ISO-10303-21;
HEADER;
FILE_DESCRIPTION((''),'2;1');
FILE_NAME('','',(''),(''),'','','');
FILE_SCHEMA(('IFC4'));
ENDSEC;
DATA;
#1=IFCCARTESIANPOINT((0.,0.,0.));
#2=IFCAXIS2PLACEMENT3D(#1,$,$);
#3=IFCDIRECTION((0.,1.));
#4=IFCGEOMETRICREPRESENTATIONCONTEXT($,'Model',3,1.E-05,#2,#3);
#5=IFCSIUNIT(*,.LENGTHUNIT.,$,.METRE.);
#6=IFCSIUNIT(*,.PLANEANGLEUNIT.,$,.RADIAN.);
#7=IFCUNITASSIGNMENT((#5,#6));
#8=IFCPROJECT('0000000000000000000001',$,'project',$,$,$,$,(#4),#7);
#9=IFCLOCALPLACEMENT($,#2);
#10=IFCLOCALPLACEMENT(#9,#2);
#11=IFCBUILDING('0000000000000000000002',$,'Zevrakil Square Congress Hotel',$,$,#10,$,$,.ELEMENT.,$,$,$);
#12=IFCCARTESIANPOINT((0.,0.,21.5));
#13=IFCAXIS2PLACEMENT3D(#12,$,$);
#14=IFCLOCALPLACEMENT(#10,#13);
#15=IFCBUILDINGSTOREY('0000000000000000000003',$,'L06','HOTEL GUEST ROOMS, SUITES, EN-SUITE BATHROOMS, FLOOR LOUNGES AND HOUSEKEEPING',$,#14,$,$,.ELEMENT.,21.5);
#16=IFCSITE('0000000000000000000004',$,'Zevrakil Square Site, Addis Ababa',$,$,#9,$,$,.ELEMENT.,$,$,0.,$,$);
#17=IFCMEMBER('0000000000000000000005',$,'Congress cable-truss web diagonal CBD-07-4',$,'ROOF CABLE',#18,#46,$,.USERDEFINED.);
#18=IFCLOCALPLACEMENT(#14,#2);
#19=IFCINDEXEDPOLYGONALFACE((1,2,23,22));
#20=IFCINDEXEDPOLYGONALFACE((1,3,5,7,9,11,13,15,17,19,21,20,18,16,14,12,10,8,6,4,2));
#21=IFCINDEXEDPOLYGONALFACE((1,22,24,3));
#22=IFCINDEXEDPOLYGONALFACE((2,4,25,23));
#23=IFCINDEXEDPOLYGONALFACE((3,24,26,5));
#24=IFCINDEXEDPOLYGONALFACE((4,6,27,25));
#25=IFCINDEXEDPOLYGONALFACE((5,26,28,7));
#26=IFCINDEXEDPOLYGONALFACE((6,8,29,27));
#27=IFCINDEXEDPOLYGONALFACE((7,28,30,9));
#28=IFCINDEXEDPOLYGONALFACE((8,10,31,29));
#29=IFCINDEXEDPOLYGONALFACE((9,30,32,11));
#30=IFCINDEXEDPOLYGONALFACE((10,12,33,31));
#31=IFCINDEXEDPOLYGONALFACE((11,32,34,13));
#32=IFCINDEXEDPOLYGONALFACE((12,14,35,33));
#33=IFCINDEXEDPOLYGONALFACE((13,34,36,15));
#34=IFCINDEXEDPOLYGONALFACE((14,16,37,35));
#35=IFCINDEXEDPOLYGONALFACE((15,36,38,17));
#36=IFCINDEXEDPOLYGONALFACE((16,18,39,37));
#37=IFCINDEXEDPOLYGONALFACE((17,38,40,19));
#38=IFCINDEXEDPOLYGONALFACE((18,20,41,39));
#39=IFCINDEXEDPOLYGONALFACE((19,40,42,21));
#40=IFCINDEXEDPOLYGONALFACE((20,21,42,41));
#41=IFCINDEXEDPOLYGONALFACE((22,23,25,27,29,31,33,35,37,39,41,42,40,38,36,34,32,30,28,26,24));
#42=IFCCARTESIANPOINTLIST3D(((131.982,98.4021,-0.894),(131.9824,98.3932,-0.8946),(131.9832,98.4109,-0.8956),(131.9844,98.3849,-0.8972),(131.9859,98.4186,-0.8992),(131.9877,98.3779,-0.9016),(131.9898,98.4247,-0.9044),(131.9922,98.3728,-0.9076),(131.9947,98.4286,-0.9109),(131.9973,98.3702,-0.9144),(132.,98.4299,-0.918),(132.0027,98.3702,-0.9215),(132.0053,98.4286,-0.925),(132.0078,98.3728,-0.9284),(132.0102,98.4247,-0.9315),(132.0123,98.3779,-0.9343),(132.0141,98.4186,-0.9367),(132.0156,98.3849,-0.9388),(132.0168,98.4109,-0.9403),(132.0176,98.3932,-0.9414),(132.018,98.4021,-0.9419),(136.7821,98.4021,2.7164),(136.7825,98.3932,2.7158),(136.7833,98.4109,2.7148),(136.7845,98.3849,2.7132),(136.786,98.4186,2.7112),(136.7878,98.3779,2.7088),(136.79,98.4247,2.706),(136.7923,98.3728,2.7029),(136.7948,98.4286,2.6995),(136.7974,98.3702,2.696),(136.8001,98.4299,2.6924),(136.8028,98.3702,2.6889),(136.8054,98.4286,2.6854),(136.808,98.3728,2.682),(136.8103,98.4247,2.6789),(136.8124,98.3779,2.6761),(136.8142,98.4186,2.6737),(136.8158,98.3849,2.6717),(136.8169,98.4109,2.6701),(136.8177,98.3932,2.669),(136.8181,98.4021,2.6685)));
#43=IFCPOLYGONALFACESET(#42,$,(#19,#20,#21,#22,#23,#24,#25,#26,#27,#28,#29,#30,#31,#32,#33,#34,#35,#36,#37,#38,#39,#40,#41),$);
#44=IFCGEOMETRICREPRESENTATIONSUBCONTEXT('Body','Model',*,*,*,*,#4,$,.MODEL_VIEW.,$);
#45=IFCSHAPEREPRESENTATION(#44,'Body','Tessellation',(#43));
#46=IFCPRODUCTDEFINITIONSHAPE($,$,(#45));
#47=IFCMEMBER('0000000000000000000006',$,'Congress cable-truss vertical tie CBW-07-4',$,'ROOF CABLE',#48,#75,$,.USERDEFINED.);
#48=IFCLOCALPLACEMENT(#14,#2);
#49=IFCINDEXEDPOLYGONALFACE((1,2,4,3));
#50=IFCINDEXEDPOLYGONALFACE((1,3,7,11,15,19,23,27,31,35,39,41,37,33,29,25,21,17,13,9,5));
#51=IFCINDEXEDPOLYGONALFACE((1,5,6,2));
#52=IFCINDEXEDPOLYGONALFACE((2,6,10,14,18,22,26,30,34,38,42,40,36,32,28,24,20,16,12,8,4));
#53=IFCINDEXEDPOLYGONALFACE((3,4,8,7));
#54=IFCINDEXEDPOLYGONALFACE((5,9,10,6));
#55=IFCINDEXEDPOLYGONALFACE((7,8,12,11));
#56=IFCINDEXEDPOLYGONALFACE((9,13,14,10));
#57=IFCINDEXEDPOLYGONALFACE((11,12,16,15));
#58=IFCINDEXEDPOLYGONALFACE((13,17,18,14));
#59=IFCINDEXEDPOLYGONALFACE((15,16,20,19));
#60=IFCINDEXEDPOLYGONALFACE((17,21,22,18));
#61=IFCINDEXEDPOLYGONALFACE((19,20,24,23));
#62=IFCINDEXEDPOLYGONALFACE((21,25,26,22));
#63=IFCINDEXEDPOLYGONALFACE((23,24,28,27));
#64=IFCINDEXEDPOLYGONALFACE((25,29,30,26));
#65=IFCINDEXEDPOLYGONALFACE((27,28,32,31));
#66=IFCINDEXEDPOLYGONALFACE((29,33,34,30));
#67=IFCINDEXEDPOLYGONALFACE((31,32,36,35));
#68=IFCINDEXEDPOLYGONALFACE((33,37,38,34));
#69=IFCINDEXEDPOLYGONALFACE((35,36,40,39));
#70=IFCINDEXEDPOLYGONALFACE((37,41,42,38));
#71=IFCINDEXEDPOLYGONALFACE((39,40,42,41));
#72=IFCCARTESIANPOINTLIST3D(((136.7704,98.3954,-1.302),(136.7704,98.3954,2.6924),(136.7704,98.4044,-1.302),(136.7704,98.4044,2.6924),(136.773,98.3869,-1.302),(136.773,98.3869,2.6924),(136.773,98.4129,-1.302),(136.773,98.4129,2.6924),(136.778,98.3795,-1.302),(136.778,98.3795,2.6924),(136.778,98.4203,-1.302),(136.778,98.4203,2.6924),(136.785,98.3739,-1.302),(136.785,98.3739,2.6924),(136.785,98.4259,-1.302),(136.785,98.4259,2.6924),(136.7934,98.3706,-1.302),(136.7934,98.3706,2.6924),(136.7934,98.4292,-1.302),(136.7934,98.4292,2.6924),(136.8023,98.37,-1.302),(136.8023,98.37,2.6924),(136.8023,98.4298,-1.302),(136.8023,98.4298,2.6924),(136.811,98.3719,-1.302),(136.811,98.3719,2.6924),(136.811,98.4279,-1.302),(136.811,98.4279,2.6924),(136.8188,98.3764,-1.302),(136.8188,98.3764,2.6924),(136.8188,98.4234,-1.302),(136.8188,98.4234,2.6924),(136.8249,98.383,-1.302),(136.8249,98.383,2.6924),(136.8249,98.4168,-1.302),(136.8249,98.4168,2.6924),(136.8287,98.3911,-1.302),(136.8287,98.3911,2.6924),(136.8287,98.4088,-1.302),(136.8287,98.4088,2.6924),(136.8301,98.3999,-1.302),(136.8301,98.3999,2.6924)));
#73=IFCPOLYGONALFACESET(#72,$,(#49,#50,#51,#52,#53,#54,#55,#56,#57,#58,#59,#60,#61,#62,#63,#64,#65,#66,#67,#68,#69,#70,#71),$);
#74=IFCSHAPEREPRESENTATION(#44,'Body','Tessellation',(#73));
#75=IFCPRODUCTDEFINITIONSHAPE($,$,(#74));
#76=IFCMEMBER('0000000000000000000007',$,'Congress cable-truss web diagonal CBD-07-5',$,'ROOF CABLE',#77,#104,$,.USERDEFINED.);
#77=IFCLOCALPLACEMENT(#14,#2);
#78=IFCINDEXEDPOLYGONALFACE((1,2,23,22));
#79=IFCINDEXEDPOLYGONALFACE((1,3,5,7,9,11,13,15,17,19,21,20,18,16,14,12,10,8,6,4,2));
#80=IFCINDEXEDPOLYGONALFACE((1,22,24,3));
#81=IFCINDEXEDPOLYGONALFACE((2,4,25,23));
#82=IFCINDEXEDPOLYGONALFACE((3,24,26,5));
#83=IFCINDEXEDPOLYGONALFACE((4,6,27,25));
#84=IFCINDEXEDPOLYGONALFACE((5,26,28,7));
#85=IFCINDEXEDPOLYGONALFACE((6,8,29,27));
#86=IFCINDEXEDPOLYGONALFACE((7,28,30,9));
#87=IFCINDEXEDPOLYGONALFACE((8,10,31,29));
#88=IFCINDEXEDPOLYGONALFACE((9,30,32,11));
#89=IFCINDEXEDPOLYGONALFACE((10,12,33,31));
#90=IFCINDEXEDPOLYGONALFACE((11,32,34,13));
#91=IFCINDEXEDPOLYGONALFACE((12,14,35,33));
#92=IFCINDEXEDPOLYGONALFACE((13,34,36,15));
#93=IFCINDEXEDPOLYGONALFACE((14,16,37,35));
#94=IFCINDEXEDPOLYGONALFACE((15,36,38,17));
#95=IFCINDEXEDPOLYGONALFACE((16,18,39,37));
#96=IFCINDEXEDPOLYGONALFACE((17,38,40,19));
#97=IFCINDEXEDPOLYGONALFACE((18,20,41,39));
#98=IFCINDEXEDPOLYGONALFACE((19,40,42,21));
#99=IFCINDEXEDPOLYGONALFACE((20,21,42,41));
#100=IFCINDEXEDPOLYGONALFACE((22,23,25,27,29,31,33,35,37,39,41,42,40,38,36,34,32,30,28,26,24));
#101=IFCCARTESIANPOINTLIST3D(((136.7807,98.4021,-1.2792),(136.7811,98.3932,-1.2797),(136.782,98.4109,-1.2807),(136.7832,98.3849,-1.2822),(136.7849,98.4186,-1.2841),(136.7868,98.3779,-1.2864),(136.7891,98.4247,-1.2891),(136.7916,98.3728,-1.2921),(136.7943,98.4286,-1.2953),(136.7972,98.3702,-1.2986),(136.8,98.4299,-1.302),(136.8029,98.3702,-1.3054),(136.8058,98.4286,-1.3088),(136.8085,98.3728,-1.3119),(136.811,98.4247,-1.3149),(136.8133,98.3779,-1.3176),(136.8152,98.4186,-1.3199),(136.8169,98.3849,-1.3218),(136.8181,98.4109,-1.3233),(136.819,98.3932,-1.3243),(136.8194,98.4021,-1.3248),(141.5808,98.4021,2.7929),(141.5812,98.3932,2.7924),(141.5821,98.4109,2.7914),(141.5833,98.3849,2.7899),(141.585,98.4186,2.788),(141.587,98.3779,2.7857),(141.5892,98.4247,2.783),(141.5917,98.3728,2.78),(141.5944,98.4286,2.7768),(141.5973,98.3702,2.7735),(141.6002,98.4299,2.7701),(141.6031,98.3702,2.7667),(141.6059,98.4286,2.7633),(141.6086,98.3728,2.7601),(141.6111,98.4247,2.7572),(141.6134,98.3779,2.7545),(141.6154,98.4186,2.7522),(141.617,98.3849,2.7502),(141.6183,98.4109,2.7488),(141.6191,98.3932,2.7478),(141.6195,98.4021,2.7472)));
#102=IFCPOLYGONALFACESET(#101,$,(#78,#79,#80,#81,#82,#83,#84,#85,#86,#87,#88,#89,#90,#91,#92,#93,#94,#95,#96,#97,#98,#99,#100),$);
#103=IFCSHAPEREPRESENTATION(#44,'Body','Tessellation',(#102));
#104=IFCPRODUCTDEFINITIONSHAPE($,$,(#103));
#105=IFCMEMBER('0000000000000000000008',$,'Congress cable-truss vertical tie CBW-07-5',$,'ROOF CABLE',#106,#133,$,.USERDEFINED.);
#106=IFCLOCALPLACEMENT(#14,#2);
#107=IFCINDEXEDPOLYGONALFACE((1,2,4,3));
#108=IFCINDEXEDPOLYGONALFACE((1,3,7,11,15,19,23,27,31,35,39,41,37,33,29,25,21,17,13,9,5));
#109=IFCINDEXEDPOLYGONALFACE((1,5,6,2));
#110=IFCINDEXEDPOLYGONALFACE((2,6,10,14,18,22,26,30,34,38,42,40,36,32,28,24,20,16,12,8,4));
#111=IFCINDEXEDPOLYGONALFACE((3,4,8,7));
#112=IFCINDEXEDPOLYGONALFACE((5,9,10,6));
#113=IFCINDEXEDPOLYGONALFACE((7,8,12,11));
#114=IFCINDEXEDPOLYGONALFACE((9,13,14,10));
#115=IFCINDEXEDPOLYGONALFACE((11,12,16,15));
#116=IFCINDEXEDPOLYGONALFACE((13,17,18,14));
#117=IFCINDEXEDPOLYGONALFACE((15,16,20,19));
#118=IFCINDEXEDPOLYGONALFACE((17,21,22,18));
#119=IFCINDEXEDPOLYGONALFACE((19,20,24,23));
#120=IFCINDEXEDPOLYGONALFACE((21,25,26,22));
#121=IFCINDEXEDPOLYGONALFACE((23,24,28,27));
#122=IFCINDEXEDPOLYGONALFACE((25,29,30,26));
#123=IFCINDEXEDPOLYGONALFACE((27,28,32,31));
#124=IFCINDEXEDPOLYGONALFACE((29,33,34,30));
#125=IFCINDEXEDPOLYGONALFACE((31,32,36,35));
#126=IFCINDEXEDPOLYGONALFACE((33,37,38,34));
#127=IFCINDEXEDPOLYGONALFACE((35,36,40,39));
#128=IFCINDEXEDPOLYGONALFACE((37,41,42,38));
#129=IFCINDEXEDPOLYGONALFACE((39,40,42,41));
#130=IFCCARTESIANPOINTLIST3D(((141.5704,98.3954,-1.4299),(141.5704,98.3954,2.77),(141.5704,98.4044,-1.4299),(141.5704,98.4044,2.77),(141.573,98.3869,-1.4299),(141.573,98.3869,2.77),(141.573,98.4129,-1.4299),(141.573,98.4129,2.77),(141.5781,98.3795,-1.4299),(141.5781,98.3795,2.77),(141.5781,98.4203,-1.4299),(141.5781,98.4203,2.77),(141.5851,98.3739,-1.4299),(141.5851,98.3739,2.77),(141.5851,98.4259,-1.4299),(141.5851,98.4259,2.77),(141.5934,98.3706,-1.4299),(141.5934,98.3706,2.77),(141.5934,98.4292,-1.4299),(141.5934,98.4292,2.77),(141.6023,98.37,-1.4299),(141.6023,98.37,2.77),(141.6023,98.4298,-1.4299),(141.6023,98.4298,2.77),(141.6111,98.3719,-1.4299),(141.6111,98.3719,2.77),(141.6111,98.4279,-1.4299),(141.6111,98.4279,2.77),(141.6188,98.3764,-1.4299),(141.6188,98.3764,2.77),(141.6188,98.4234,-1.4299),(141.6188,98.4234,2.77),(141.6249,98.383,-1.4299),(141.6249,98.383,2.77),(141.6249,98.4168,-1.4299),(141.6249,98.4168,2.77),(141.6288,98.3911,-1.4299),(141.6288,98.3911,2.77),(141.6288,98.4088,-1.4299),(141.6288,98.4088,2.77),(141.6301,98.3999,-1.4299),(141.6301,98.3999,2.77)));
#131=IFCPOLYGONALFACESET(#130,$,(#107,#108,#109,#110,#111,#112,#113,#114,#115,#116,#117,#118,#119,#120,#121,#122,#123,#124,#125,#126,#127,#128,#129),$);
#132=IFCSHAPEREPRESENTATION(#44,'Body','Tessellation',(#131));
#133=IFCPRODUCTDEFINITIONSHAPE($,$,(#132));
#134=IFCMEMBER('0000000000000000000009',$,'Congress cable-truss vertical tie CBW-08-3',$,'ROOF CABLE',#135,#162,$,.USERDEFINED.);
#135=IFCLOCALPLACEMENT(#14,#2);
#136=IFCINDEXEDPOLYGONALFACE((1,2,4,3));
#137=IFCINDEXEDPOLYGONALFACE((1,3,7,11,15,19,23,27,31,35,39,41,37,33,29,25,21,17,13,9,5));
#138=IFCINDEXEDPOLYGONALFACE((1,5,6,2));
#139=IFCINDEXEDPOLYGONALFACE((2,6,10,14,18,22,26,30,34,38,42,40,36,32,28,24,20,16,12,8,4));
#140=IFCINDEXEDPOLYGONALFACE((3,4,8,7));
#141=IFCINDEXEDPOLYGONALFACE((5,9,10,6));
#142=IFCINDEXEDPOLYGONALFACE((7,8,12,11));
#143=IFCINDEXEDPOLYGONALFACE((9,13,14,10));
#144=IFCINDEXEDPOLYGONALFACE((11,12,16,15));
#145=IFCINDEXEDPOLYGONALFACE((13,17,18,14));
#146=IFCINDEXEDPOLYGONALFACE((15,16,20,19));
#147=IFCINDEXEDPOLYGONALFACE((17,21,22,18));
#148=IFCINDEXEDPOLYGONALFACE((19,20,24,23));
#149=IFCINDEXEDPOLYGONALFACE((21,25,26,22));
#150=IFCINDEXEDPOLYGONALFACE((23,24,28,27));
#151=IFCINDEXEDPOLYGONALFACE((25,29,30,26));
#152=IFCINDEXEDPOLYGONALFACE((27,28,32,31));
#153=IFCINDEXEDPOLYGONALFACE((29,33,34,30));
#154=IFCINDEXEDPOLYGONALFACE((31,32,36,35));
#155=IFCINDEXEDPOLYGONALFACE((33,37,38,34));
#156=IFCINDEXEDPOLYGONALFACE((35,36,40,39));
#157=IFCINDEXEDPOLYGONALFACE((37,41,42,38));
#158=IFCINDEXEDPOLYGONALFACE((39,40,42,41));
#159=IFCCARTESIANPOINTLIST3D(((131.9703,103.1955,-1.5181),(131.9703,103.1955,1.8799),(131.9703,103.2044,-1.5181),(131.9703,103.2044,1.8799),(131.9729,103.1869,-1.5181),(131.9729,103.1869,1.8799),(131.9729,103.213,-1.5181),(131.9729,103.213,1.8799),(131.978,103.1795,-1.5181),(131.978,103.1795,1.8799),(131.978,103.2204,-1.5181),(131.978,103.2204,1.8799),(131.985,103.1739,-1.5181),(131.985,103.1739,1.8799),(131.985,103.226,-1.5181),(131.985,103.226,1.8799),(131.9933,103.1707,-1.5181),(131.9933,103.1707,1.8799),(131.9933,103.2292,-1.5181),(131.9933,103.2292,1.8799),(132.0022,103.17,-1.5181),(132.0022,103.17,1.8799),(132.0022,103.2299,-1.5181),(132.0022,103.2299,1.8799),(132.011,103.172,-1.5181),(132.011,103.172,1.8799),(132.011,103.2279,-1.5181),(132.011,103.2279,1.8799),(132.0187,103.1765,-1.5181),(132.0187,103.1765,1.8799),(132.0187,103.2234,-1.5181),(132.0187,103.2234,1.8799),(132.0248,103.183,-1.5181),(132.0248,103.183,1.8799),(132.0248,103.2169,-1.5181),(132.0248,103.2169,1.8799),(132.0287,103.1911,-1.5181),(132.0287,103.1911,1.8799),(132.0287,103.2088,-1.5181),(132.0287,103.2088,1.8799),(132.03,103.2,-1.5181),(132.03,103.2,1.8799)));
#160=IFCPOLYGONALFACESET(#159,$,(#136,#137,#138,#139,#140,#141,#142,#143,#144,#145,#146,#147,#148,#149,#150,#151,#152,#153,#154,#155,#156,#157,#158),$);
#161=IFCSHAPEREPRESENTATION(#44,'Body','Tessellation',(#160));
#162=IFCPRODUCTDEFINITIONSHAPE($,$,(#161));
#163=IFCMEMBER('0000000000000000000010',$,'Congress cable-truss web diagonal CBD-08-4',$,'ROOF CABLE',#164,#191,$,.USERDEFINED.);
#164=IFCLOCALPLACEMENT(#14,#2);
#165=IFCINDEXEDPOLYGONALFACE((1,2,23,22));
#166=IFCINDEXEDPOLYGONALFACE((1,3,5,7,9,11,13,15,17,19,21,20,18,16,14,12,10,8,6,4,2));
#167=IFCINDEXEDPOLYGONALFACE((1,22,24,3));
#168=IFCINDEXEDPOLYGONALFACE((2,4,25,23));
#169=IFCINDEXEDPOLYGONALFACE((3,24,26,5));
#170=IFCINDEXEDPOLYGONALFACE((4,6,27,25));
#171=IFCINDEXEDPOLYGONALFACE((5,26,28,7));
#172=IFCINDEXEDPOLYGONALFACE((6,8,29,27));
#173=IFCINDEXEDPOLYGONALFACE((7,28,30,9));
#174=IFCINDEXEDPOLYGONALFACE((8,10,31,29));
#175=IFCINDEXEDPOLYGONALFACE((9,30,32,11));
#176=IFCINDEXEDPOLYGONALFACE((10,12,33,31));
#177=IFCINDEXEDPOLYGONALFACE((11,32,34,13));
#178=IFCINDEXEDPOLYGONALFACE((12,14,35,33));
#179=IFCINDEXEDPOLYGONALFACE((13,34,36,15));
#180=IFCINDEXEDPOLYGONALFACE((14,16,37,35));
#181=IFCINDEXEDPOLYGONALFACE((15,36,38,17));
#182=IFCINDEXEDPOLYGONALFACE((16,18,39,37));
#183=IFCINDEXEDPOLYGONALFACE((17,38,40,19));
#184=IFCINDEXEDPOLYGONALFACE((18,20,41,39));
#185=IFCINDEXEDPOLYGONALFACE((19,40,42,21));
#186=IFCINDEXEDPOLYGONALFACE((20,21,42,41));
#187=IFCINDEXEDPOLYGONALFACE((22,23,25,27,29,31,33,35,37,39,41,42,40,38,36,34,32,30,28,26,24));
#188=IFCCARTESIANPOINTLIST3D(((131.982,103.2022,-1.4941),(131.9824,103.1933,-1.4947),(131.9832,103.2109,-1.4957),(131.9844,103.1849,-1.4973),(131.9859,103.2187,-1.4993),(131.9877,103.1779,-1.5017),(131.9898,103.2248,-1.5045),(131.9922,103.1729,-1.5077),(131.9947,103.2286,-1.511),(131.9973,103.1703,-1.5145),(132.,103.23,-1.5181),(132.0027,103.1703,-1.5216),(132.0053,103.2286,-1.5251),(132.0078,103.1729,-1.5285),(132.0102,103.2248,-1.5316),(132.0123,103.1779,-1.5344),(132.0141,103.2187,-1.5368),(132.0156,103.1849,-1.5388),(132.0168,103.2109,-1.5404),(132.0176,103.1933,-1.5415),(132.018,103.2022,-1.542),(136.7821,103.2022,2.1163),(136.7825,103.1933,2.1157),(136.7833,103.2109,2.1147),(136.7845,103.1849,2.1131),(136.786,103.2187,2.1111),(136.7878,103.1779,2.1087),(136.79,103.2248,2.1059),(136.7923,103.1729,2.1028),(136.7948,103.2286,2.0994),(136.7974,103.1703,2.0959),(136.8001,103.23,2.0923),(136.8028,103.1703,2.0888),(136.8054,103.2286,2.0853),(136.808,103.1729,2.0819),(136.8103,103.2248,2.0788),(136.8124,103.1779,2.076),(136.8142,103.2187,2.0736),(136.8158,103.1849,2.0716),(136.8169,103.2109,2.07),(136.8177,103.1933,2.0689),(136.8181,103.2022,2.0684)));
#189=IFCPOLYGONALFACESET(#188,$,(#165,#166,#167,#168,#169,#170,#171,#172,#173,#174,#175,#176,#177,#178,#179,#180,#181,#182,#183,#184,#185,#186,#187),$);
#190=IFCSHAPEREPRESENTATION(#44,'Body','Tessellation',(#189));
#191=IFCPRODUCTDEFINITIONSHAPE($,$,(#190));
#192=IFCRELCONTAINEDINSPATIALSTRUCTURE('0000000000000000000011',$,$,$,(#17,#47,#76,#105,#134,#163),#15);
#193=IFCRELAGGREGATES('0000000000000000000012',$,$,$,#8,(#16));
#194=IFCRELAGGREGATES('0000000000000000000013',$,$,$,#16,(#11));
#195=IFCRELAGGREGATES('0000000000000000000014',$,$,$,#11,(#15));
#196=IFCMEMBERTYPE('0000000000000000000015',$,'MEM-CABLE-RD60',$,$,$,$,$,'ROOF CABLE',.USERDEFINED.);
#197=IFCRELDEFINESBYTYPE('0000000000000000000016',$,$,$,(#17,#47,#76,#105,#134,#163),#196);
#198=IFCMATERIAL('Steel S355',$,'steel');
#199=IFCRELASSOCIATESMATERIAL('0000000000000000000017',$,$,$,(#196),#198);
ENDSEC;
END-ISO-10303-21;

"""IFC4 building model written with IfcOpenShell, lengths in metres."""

from ifc_helpers import new_model, si_unit, direction, frame, origin, origin_2d, place, context, subcontext, project, spatial, circle, extrude, material, material_profile, profile_set, type_object, element, save


model = new_model("IFC4")

# Units and contexts
model_context = context("Model", 3, precision=1e-05, world=origin(), true_north=direction((0.0, 1.0)))
body_context = subcontext(model_context, "Body", "Model", "MODEL_VIEW")
ifc_project = project(units=[si_unit("LENGTHUNIT", "METRE"), si_unit("PLANEANGLEUNIT", "RADIAN")], contexts=[model_context])

# Site, building, storey
site_placement = place(None, origin())
site = spatial("IfcSite", under=ifc_project, at=site_placement, Name="Zevrakil Square Site, Addis Ababa", CompositionType="ELEMENT", RefElevation=0.0)
building_placement = place(site_placement, origin())
building = spatial("IfcBuilding", under=site, at=building_placement, Name="Zevrakil Square Congress Hotel", CompositionType="ELEMENT")
storey_placement = place(building_placement, frame((0.0, 0.0, 21.5)))
storey = spatial("IfcBuildingStorey", under=building, at=storey_placement, Name="L06", Description="HOTEL GUEST ROOMS, SUITES, EN-SUITE BATHROOMS, FLOOR LOUNGES AND HOUSEKEEPING", CompositionType="ELEMENT", Elevation=21.5)

# Members
ifc_material_1 = material(Name="Steel S355", Category="steel")
ifc_material_profile_1 = material_profile(ifc_material_1, circle(Radius=0.03, at=origin_2d()), Name="CABLE RD60")
ifc_profile_set_1 = profile_set([ifc_material_profile_1], Name="Steel S355")
member_type_1 = type_object("IfcMemberType", Name="MEM-CABLE-RD60", ElementType="ROOF CABLE", PredefinedType="USERDEFINED", material=ifc_profile_set_1)
member_1_placement = place(storey_placement, frame((132.0, 98.3999, -0.918), z_axis=(0.799175, 0.0, 0.601099), x_axis=(0.0, 1.0, 0.0)))
element("IfcMember", 1, at=member_1_placement, inside=storey, type_object=member_type_1, Name="Congress cable-truss web diagonal CBD-07-4", ObjectType="ROOF CABLE", PredefinedType="USERDEFINED", context=body_context, shape_type="SweptSolid", body=[
    extrude(circle(Radius=0.03, at=origin_2d()), origin(), (0.0, 0.0, 1.0), 6.0063),
])
member_2_placement = place(storey_placement, frame((136.8, 98.3999, -1.302), z_axis=(0.0, 0.0, 1.0), x_axis=(1.0, 0.0, 0.0)))
element("IfcMember", 2, at=member_2_placement, inside=storey, type_object=member_type_1, Name="Congress cable-truss vertical tie CBW-07-4", ObjectType="ROOF CABLE", PredefinedType="USERDEFINED", context=body_context, shape_type="SweptSolid", body=[
    extrude(circle(Radius=0.03, at=origin_2d()), origin(), (0.0, 0.0, 1.0), 3.9944),
])
member_3_placement = place(storey_placement, frame((136.8, 98.3999, -1.302), z_axis=(0.762568, 0.0, 0.646908), x_axis=(0.0, 1.0, 0.0)))
element("IfcMember", 3, at=member_3_placement, inside=storey, type_object=member_type_1, Name="Congress cable-truss web diagonal CBD-07-5", ObjectType="ROOF CABLE", PredefinedType="USERDEFINED", context=body_context, shape_type="SweptSolid", body=[
    extrude(circle(Radius=0.03, at=origin_2d()), origin(), (0.0, 0.0, 1.0), 6.2947),
])
member_4_placement = place(storey_placement, frame((141.6001, 98.3999, -1.4299), z_axis=(0.0, 0.0, 1.0), x_axis=(1.0, 0.0, 0.0)))
element("IfcMember", 4, at=member_4_placement, inside=storey, type_object=member_type_1, Name="Congress cable-truss vertical tie CBW-07-5", ObjectType="ROOF CABLE", PredefinedType="USERDEFINED", context=body_context, shape_type="SweptSolid", body=[
    extrude(circle(Radius=0.03, at=origin_2d()), origin(), (0.0, 0.0, 1.0), 4.2),
])
member_5_placement = place(storey_placement, frame((132.0, 103.2, -1.5181), z_axis=(0.0, 0.0, 1.0), x_axis=(1.0, 0.0, 0.0)))
element("IfcMember", 5, at=member_5_placement, inside=storey, type_object=member_type_1, Name="Congress cable-truss vertical tie CBW-08-3", ObjectType="ROOF CABLE", PredefinedType="USERDEFINED", context=body_context, shape_type="SweptSolid", body=[
    extrude(circle(Radius=0.03, at=origin_2d()), origin(), (0.0, 0.0, 1.0), 3.3979),
])
member_6_placement = place(storey_placement, frame((132.0, 103.2, -1.5181), z_axis=(0.799175, 0.0, 0.601099), x_axis=(0.0, 1.0, 0.0)))
element("IfcMember", 6, at=member_6_placement, inside=storey, type_object=member_type_1, Name="Congress cable-truss web diagonal CBD-08-4", ObjectType="ROOF CABLE", PredefinedType="USERDEFINED", context=body_context, shape_type="SweptSolid", body=[
    extrude(circle(Radius=0.03, at=origin_2d()), origin(), (0.0, 0.0, 1.0), 6.0063),
])

save(model, "model.ifc")
